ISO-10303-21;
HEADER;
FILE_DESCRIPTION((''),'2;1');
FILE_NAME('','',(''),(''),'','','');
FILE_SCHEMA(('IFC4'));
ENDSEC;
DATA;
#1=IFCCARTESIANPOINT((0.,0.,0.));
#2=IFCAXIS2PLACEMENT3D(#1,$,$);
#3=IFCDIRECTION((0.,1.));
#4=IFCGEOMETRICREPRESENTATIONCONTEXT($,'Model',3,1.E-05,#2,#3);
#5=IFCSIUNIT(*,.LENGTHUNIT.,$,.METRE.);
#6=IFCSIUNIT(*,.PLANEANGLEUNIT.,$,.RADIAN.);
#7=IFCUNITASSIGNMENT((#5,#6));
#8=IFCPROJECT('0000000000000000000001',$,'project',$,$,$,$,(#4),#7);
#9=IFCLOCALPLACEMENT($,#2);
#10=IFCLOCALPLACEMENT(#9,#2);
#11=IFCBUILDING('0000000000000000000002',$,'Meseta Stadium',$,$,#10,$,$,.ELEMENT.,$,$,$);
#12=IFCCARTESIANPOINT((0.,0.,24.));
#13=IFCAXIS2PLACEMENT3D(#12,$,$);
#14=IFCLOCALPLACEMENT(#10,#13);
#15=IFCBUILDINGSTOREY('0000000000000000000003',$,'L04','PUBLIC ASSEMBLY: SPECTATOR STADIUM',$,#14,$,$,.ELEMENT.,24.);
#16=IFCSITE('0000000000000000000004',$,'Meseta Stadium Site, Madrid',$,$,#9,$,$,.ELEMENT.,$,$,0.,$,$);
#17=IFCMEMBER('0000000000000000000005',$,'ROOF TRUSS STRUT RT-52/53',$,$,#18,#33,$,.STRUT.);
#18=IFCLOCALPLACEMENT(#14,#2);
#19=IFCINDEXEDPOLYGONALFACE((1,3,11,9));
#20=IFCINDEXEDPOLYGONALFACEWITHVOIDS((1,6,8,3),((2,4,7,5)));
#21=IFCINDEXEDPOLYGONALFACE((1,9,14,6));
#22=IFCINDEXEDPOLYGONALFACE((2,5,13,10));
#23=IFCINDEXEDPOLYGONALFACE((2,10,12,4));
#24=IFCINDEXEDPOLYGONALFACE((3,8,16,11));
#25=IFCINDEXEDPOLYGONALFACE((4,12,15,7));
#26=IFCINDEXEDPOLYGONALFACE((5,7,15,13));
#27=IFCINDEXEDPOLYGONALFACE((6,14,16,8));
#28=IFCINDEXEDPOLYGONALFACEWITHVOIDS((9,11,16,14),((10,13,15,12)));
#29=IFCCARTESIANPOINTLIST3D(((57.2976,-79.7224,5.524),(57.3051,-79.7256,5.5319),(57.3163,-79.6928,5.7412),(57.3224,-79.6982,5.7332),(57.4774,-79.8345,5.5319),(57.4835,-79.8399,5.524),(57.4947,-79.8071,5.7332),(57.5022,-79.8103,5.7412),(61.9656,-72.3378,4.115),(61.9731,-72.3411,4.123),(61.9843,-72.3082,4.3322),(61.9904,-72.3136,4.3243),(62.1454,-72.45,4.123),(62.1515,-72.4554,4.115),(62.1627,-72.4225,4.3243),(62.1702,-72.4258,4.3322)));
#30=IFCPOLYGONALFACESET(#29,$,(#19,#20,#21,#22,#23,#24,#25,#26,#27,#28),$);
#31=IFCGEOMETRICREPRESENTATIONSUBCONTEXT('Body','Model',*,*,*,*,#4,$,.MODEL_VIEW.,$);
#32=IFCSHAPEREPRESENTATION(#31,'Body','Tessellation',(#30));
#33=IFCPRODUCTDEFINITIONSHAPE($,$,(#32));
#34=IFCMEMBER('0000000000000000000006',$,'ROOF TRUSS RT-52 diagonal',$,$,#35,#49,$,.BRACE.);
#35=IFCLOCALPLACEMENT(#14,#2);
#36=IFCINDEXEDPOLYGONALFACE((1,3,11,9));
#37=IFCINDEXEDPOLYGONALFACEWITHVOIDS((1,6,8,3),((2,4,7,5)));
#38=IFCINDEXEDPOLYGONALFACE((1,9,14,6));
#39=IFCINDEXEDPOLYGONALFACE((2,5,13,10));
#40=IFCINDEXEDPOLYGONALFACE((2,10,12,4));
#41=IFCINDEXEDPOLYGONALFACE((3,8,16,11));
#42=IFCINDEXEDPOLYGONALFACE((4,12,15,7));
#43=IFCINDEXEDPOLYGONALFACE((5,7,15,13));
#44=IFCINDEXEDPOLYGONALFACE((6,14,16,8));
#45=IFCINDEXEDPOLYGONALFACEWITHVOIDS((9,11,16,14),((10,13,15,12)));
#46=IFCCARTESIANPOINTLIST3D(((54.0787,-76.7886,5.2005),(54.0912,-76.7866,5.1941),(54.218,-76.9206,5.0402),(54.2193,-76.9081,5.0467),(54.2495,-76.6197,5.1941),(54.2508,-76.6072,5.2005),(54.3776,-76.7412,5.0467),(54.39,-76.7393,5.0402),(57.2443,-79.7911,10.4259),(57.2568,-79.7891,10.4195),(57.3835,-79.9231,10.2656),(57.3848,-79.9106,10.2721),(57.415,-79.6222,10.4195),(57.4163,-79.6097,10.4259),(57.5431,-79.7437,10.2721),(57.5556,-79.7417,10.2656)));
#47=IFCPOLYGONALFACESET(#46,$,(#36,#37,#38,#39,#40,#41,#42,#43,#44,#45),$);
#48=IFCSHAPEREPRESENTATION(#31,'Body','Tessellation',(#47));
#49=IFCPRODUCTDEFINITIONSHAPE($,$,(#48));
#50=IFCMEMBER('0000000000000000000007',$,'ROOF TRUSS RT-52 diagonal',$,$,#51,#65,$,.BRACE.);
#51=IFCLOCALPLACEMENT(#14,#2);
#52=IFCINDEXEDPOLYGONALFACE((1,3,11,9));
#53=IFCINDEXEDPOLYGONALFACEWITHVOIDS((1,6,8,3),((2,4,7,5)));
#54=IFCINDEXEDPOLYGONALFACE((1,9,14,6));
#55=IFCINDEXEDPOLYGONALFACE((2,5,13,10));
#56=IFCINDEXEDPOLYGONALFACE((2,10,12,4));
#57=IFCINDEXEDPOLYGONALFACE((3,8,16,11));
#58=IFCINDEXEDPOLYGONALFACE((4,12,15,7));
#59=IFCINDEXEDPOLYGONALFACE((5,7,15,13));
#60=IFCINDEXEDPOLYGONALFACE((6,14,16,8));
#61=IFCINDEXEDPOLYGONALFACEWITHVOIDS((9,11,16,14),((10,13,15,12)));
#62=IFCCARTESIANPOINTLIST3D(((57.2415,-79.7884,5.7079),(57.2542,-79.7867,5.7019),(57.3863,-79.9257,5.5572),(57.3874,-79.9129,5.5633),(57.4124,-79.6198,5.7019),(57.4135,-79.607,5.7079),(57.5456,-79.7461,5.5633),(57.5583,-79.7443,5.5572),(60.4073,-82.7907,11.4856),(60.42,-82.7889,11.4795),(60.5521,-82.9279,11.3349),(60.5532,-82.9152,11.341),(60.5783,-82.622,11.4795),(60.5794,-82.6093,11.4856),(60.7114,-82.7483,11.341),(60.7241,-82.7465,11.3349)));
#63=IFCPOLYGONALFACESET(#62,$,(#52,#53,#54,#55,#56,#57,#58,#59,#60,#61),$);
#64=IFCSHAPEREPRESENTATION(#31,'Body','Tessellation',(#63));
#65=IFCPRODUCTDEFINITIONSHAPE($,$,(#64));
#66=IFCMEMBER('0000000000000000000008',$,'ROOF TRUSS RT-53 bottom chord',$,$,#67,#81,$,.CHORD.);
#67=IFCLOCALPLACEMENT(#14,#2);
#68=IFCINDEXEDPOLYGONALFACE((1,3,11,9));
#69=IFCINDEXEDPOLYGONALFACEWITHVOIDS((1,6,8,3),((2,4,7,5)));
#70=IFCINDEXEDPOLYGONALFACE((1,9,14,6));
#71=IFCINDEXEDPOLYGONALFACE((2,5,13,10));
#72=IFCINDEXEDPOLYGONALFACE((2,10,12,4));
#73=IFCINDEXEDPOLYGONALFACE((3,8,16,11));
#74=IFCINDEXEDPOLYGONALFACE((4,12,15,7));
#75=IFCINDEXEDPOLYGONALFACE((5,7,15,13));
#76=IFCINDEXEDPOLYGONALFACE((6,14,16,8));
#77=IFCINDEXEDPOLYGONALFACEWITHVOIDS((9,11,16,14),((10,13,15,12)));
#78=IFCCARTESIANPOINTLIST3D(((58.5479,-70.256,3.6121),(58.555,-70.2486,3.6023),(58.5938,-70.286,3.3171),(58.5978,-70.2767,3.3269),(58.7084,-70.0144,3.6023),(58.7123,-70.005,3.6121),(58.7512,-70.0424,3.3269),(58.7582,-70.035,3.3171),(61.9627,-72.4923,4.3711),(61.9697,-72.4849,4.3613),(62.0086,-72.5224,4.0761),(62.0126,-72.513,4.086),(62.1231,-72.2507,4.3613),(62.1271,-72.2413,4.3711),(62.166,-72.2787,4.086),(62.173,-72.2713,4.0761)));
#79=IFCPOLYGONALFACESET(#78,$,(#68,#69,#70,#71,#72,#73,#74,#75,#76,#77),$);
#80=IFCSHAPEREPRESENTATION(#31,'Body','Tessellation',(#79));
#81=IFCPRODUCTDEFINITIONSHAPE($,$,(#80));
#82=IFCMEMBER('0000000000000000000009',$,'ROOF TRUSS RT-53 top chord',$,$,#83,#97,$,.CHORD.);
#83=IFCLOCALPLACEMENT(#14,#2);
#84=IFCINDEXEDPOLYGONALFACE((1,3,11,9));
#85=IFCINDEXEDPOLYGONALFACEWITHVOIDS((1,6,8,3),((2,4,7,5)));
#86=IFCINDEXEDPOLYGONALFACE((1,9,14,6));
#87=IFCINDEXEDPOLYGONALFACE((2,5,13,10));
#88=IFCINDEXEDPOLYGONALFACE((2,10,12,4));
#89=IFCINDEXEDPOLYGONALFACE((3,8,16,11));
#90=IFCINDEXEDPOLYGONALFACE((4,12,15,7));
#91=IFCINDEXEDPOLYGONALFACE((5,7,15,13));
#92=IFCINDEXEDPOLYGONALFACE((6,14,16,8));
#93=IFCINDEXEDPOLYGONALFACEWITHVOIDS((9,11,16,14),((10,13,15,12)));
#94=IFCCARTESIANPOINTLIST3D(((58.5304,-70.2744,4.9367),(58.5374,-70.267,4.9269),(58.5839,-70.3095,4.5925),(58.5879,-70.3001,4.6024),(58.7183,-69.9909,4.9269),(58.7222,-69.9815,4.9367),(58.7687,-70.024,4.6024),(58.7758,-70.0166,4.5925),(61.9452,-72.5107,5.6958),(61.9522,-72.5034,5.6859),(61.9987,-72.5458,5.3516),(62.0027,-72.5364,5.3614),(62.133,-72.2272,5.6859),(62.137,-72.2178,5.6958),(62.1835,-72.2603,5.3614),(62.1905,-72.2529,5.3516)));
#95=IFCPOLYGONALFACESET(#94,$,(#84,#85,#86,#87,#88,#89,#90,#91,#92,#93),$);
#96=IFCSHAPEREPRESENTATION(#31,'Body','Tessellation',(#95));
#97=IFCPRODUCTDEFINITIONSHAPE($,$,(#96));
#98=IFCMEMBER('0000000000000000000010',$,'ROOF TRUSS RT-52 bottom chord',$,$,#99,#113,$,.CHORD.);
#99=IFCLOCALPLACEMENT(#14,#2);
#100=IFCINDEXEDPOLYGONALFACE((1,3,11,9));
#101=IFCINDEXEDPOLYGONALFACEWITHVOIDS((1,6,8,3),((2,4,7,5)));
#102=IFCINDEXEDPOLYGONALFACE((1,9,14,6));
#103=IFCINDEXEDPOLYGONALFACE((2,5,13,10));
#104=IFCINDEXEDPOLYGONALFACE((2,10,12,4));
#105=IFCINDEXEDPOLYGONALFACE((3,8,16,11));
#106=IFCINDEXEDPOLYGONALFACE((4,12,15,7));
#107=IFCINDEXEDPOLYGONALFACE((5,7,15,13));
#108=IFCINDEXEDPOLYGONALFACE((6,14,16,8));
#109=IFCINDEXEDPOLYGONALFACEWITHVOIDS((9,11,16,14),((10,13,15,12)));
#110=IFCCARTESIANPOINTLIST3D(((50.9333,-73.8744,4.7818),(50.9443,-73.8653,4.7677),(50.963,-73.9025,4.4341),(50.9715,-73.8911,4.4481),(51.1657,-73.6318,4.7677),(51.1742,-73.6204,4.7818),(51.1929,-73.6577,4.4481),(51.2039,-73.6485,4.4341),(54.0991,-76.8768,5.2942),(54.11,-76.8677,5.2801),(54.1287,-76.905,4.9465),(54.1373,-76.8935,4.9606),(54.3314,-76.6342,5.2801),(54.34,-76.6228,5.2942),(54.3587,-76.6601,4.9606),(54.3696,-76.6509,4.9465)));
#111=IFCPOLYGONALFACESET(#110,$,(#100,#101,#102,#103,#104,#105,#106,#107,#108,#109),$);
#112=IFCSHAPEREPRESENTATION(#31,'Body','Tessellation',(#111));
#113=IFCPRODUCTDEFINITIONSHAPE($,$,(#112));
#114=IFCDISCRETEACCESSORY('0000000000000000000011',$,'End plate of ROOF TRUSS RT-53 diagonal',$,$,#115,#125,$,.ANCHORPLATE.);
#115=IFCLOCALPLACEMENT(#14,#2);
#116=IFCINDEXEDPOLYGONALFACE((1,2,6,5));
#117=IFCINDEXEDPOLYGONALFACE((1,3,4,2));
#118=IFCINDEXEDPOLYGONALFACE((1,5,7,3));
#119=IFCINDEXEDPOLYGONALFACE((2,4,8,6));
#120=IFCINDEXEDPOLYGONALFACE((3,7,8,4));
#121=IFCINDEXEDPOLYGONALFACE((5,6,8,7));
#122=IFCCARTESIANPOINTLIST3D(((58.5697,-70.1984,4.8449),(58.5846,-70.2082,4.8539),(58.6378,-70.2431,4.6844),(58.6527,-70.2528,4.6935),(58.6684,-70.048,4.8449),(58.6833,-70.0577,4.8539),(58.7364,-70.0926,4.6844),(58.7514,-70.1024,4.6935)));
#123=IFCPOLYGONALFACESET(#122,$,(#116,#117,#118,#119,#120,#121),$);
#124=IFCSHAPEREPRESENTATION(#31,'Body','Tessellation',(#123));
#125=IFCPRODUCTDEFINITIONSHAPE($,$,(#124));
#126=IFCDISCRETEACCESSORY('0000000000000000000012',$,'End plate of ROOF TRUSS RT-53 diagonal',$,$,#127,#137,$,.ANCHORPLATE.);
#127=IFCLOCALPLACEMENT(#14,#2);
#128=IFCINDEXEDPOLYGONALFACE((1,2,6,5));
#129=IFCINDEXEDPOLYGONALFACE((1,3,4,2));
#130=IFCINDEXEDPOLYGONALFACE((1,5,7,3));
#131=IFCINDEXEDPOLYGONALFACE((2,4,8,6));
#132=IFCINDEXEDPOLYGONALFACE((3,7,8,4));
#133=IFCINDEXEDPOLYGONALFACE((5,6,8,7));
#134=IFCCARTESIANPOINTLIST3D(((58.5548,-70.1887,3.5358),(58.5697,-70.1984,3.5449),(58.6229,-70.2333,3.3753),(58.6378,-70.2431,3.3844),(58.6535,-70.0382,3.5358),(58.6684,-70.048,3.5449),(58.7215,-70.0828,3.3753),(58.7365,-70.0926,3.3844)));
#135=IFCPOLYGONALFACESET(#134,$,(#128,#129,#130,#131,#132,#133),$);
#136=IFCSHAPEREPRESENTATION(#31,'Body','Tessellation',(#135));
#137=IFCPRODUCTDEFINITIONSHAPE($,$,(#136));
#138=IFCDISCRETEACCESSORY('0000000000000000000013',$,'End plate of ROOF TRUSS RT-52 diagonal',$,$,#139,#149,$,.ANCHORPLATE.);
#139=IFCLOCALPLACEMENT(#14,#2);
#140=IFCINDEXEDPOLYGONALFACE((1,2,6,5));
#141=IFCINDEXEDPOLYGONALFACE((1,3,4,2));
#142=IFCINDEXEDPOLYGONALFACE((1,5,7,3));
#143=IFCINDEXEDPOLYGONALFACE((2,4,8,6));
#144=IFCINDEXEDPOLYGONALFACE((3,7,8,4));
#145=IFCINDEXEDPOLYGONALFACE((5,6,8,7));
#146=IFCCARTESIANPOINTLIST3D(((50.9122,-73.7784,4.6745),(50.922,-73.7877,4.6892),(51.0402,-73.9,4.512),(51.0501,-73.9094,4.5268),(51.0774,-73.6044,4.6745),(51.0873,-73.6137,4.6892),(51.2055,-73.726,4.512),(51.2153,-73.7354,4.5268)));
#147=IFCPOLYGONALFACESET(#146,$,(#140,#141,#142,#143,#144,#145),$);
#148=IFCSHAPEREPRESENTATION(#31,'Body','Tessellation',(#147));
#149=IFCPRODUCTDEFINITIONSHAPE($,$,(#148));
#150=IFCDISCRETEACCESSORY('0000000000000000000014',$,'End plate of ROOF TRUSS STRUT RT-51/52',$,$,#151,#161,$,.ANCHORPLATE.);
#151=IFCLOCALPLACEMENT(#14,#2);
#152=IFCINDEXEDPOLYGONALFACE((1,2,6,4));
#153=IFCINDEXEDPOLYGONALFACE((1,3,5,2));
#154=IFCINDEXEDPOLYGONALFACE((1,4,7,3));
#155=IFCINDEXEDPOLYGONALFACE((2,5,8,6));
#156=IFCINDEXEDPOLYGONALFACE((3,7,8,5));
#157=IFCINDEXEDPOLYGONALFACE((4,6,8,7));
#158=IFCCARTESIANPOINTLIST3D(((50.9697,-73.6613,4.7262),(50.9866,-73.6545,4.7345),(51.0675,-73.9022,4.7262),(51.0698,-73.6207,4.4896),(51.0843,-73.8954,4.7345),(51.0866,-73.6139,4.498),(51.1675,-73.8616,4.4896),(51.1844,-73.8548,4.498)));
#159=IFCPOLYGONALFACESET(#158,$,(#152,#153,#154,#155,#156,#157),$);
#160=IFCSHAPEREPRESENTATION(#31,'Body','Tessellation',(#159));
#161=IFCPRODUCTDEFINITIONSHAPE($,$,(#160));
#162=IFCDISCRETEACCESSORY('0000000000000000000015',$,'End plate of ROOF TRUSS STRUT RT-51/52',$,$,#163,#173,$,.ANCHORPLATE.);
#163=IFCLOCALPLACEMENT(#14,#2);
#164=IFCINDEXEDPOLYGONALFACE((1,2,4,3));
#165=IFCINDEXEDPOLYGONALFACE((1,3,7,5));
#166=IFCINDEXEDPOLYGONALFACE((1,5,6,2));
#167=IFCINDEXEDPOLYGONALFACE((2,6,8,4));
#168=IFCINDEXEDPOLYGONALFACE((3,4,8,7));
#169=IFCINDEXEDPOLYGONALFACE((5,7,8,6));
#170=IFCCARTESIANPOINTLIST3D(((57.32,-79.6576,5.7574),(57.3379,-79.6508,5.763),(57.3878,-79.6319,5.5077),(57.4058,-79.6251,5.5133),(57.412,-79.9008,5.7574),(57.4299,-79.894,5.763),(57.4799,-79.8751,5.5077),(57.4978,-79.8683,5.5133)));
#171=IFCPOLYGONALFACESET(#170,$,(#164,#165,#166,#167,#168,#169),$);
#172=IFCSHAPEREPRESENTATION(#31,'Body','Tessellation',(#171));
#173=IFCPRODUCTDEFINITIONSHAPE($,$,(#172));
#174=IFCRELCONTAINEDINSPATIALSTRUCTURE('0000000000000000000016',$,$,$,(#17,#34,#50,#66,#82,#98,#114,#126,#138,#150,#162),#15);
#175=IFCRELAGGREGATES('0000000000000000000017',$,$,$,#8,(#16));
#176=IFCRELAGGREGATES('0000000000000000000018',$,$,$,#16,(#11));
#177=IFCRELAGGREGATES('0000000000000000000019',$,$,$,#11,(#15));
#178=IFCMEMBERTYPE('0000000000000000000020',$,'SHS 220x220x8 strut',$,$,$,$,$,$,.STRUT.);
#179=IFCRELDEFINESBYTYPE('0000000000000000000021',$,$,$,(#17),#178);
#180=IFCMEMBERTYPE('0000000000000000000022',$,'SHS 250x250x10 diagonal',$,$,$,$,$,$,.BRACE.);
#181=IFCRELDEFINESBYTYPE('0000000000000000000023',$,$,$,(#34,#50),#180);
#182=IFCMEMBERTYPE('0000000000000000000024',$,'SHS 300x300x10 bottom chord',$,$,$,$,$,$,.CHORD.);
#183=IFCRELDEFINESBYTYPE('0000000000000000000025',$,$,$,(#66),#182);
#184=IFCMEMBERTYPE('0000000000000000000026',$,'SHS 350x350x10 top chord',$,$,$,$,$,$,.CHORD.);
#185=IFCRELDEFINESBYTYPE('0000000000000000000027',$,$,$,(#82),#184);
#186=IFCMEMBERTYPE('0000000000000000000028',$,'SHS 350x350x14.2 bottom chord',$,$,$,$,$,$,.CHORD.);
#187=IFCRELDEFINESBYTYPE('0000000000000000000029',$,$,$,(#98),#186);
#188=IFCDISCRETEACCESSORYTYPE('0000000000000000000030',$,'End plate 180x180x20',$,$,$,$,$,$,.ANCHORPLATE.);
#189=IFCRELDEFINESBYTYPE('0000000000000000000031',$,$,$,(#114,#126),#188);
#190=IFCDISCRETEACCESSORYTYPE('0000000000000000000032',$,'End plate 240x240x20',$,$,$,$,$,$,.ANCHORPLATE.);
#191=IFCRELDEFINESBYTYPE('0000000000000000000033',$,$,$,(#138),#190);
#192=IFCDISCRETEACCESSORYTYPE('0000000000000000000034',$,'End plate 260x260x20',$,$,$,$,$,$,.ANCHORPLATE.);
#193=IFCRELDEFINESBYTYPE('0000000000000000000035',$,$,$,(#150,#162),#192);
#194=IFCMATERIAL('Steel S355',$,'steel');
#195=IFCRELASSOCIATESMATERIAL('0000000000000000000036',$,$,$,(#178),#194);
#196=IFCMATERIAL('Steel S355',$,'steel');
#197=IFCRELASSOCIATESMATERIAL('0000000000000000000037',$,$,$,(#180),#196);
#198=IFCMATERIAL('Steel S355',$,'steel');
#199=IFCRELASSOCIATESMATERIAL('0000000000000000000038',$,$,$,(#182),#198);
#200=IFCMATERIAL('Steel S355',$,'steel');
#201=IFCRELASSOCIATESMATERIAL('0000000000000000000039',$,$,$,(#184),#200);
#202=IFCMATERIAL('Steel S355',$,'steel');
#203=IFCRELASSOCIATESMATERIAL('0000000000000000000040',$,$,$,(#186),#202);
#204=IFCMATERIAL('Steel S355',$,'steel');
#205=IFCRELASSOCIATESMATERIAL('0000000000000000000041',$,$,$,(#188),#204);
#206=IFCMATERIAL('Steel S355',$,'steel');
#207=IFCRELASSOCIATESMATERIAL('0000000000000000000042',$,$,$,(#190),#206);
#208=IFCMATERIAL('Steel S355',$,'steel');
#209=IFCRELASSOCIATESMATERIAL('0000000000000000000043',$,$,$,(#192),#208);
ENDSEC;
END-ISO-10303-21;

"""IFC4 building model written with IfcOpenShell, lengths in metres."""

from ifc_helpers import new_model, si_unit, direction, frame, origin, origin_2d, place, context, subcontext, project, spatial, rectangle, hollow_rectangle, extrude, material, material_profile, profile_set, type_object, element, save


model = new_model("IFC4")

# Units and contexts
model_context = context("Model", 3, precision=1e-05, world=origin(), true_north=direction((0.0, 1.0)))
body_context = subcontext(model_context, "Body", "Model", "MODEL_VIEW")
ifc_project = project(units=[si_unit("LENGTHUNIT", "METRE"), si_unit("PLANEANGLEUNIT", "RADIAN")], contexts=[model_context])

# Site, building, storey
site_placement = place(None, origin())
site = spatial("IfcSite", under=ifc_project, at=site_placement, Name="Meseta Stadium Site, Madrid", CompositionType="ELEMENT", RefElevation=0.0)
building_placement = place(site_placement, origin())
building = spatial("IfcBuilding", under=site, at=building_placement, Name="Meseta Stadium", CompositionType="ELEMENT")
storey_placement = place(building_placement, frame((0.0, 0.0, 24.0)))
storey = spatial("IfcBuildingStorey", under=building, at=storey_placement, Name="L04", Description="PUBLIC ASSEMBLY: SPECTATOR STADIUM", CompositionType="ELEMENT", Elevation=24.0)

# Members
ifc_material_1 = material(Name="Steel S355", Category="steel")
ifc_material_profile_1 = material_profile(ifc_material_1, hollow_rectangle(XDim=0.22, YDim=0.22, WallThickness=0.0081, at=origin_2d()), Name="SHS 220x220x8")
ifc_profile_set_1 = profile_set([ifc_material_profile_1], Name="Steel S355")
member_type_1 = type_object("IfcMemberType", Name="SHS 220x220x8 strut", PredefinedType="STRUT", material=ifc_profile_set_1)
member_1_placement = place(storey_placement, frame((57.3999, -79.7664, 5.6326), z_axis=(0.527509, 0.834496, -0.159218), x_axis=(-0.845279, 0.534325, 0.0)))
element("IfcMember", 1, at=member_1_placement, inside=storey, type_object=member_type_1, Name="ROOF TRUSS STRUT RT-52/53", PredefinedType="STRUT", context=body_context, shape_type="SweptSolid", body=[
    extrude(hollow_rectangle(XDim=0.22, YDim=0.22, WallThickness=0.0081, at=origin_2d()), origin(), (0.0, 0.0, 1.0), 8.8491),
])
ifc_material_2 = material(Name="Steel S355", Category="steel")
ifc_material_profile_2 = material_profile(ifc_material_2, hollow_rectangle(XDim=0.25, YDim=0.25, WallThickness=0.01, at=origin_2d()), Name="SHS 250x250x10")
ifc_profile_set_2 = profile_set([ifc_material_profile_2], Name="Steel S355")
member_type_2 = type_object("IfcMemberType", Name="SHS 250x250x10 diagonal", PredefinedType="BRACE", material=ifc_profile_set_2)
member_2_placement = place(storey_placement, frame((54.2344, -76.7639, 5.1204), z_axis=(0.465019, -0.441062, 0.767608), x_axis=(0.68817, 0.72555, 0.0)))
element("IfcMember", 2, at=member_2_placement, inside=storey, type_object=member_type_2, Name="ROOF TRUSS RT-52 diagonal", PredefinedType="BRACE", context=body_context, shape_type="SweptSolid", body=[
    extrude(hollow_rectangle(XDim=0.25, YDim=0.25, WallThickness=0.01, at=origin_2d()), origin(), (0.0, 0.0, 1.0), 6.8074),
])
member_3_placement = place(storey_placement, frame((57.3999, -79.7664, 5.6326), z_axis=(0.437269, -0.414675, 0.798023), x_axis=(0.688112, 0.725604, 0.0)))
element("IfcMember", 3, at=member_3_placement, inside=storey, type_object=member_type_2, Name="ROOF TRUSS RT-52 diagonal", PredefinedType="BRACE", context=body_context, shape_type="SweptSolid", body=[
    extrude(hollow_rectangle(XDim=0.25, YDim=0.25, WallThickness=0.01, at=origin_2d()), origin(), (0.0, 0.0, 1.0), 7.24),
])
ifc_material_3 = material(Name="Steel S355", Category="steel")
ifc_material_profile_3 = material_profile(ifc_material_3, hollow_rectangle(XDim=0.3, YDim=0.3, WallThickness=0.01, at=origin_2d()), Name="SHS 300x300x10")
ifc_profile_set_3 = profile_set([ifc_material_profile_3], Name="Steel S355")
member_type_3 = type_object("IfcMemberType", Name="SHS 300x300x10 bottom chord", PredefinedType="CHORD", material=ifc_profile_set_3)
member_4_placement = place(storey_placement, frame((58.6531, -70.1455, 3.4646), z_axis=(0.822469, -0.53863, 0.182817), x_axis=(0.547863, 0.836568, 0.0)))
element("IfcMember", 4, at=member_4_placement, inside=storey, type_object=member_type_3, Name="ROOF TRUSS RT-53 bottom chord", PredefinedType="CHORD", context=body_context, shape_type="SweptSolid", body=[
    extrude(hollow_rectangle(XDim=0.3, YDim=0.3, WallThickness=0.01, at=origin_2d()), origin(), (0.0, 0.0, 1.0), 4.1519),
])
ifc_material_4 = material(Name="Steel S355", Category="steel")
ifc_material_profile_4 = material_profile(ifc_material_4, hollow_rectangle(XDim=0.3501, YDim=0.3501, WallThickness=0.01, at=origin_2d()), Name="SHS 350x350x10")
ifc_profile_set_4 = profile_set([ifc_material_profile_4], Name="Steel S355")
member_type_4 = type_object("IfcMemberType", Name="SHS 350x350x10 top chord", PredefinedType="CHORD", material=ifc_profile_set_4)
member_5_placement = place(storey_placement, frame((58.6531, -70.1455, 4.7646), z_axis=(0.822469, -0.53863, 0.182817), x_axis=(0.547863, 0.836568, 0.0)))
element("IfcMember", 5, at=member_5_placement, inside=storey, type_object=member_type_4, Name="ROOF TRUSS RT-53 top chord", PredefinedType="CHORD", context=body_context, shape_type="SweptSolid", body=[
    extrude(hollow_rectangle(XDim=0.3501, YDim=0.3501, WallThickness=0.01, at=origin_2d()), origin(), (0.0, 0.0, 1.0), 4.1519),
])
ifc_material_5 = material(Name="Steel S355", Category="steel")
ifc_material_profile_5 = material_profile(ifc_material_5, hollow_rectangle(XDim=0.3501, YDim=0.3501, WallThickness=0.0142, at=origin_2d()), Name="SHS 350x350x14.2")
ifc_profile_set_5 = profile_set([ifc_material_profile_5], Name="Steel S355")
member_type_5 = type_object("IfcMemberType", Name="SHS 350x350x14.2 bottom chord", PredefinedType="CHORD", material=ifc_profile_set_5)
member_6_placement = place(storey_placement, frame((51.0686, -73.7615, 4.6079), z_axis=(0.720623, -0.683444, 0.116649), x_axis=(0.688142, 0.725576, 0.0)))
element("IfcMember", 6, at=member_6_placement, inside=storey, type_object=member_type_5, Name="ROOF TRUSS RT-52 bottom chord", PredefinedType="CHORD", context=body_context, shape_type="SweptSolid", body=[
    extrude(hollow_rectangle(XDim=0.3501, YDim=0.3501, WallThickness=0.0142, at=origin_2d()), origin(), (0.0, 0.0, 1.0), 4.3931),
])

# Discrete accessories
ifc_material_6 = material(Name="Steel S355", Category="steel")
ifc_material_profile_6 = material_profile(ifc_material_6, rectangle(XDim=0.1799, YDim=0.1799, at=origin_2d()), Name="PL 180x180")
ifc_profile_set_6 = profile_set([ifc_material_profile_6], Name="Steel S355")
discrete_accessory_type_1 = type_object("IfcDiscreteAccessoryType", Name="End plate 180x180x20", PredefinedType="ANCHORPLATE", material=ifc_profile_set_6)
for number, where, z_axis, x_axis, name in (
    (7, (58.6531, -70.1455, 4.7646), (0.74579, -0.489043, 0.452365), (0.548357, 0.836244, 0.0), "End plate of ROOF TRUSS RT-53 diagonal"),
    (8, (58.6382, -70.1357, 3.4556), (0.74579, -0.489043, 0.452365), (0.548357, 0.836244, 0.0), "End plate of ROOF TRUSS RT-53 diagonal"),
):
    element("IfcDiscreteAccessory", number, at=place(storey_placement, frame(where, z_axis=z_axis, x_axis=x_axis)), inside=storey, type_object=discrete_accessory_type_1, Name=name, PredefinedType="ANCHORPLATE", context=body_context, shape_type="SweptSolid", body=[
        extrude(rectangle(XDim=0.1799, YDim=0.1799, at=origin_2d()), origin(), (0.0, 0.0, 1.0), 0.02),
    ])
ifc_material_7 = material(Name="Steel S355", Category="steel")
ifc_material_profile_7 = material_profile(ifc_material_7, rectangle(XDim=0.24, YDim=0.24, at=origin_2d()), Name="PL 240x240")
ifc_profile_set_7 = profile_set([ifc_material_profile_7], Name="Steel S355")
discrete_accessory_type_2 = type_object("IfcDiscreteAccessoryType", Name="End plate 240x240x20", PredefinedType="ANCHORPLATE", material=ifc_profile_set_7)
discrete_accessory_1_placement = place(storey_placement, frame((51.0588, -73.7522, 4.5933), z_axis=(0.490733, -0.466196, 0.736099), x_axis=(0.688749, 0.724999, 0.0)))
element("IfcDiscreteAccessory", 9, at=discrete_accessory_1_placement, inside=storey, type_object=discrete_accessory_type_2, Name="End plate of ROOF TRUSS RT-52 diagonal", PredefinedType="ANCHORPLATE", context=body_context, shape_type="SweptSolid", body=[
    extrude(rectangle(XDim=0.24, YDim=0.24, at=origin_2d()), origin(), (0.0, 0.0, 1.0), 0.02),
])
ifc_material_8 = material(Name="Steel S355", Category="steel")
ifc_material_profile_8 = material_profile(ifc_material_8, rectangle(XDim=0.26, YDim=0.26, at=origin_2d()), Name="PL 260x260")
ifc_profile_set_8 = profile_set([ifc_material_profile_8], Name="Steel S355")
discrete_accessory_type_3 = type_object("IfcDiscreteAccessoryType", Name="End plate 260x260x20", PredefinedType="ANCHORPLATE", material=ifc_profile_set_8)
for number, where, z_axis, x_axis, name in (
    (10, (51.0686, -73.7615, 4.6079), (0.842906, 0.342049, 0.415345), (-0.376017, 0.926613, 0.0), "End plate of ROOF TRUSS STRUT RT-51/52"),
    (11, (57.3999, -79.7664, 5.6326), (0.898109, 0.339825, 0.279142), (-0.353892, 0.935286, 0.0), "End plate of ROOF TRUSS STRUT RT-51/52"),
):
    element("IfcDiscreteAccessory", number, at=place(storey_placement, frame(where, z_axis=z_axis, x_axis=x_axis)), inside=storey, type_object=discrete_accessory_type_3, Name=name, PredefinedType="ANCHORPLATE", context=body_context, shape_type="SweptSolid", body=[
        extrude(rectangle(XDim=0.26, YDim=0.26, at=origin_2d()), origin(), (0.0, 0.0, 1.0), 0.02),
    ])

save(model, "model.ifc")
